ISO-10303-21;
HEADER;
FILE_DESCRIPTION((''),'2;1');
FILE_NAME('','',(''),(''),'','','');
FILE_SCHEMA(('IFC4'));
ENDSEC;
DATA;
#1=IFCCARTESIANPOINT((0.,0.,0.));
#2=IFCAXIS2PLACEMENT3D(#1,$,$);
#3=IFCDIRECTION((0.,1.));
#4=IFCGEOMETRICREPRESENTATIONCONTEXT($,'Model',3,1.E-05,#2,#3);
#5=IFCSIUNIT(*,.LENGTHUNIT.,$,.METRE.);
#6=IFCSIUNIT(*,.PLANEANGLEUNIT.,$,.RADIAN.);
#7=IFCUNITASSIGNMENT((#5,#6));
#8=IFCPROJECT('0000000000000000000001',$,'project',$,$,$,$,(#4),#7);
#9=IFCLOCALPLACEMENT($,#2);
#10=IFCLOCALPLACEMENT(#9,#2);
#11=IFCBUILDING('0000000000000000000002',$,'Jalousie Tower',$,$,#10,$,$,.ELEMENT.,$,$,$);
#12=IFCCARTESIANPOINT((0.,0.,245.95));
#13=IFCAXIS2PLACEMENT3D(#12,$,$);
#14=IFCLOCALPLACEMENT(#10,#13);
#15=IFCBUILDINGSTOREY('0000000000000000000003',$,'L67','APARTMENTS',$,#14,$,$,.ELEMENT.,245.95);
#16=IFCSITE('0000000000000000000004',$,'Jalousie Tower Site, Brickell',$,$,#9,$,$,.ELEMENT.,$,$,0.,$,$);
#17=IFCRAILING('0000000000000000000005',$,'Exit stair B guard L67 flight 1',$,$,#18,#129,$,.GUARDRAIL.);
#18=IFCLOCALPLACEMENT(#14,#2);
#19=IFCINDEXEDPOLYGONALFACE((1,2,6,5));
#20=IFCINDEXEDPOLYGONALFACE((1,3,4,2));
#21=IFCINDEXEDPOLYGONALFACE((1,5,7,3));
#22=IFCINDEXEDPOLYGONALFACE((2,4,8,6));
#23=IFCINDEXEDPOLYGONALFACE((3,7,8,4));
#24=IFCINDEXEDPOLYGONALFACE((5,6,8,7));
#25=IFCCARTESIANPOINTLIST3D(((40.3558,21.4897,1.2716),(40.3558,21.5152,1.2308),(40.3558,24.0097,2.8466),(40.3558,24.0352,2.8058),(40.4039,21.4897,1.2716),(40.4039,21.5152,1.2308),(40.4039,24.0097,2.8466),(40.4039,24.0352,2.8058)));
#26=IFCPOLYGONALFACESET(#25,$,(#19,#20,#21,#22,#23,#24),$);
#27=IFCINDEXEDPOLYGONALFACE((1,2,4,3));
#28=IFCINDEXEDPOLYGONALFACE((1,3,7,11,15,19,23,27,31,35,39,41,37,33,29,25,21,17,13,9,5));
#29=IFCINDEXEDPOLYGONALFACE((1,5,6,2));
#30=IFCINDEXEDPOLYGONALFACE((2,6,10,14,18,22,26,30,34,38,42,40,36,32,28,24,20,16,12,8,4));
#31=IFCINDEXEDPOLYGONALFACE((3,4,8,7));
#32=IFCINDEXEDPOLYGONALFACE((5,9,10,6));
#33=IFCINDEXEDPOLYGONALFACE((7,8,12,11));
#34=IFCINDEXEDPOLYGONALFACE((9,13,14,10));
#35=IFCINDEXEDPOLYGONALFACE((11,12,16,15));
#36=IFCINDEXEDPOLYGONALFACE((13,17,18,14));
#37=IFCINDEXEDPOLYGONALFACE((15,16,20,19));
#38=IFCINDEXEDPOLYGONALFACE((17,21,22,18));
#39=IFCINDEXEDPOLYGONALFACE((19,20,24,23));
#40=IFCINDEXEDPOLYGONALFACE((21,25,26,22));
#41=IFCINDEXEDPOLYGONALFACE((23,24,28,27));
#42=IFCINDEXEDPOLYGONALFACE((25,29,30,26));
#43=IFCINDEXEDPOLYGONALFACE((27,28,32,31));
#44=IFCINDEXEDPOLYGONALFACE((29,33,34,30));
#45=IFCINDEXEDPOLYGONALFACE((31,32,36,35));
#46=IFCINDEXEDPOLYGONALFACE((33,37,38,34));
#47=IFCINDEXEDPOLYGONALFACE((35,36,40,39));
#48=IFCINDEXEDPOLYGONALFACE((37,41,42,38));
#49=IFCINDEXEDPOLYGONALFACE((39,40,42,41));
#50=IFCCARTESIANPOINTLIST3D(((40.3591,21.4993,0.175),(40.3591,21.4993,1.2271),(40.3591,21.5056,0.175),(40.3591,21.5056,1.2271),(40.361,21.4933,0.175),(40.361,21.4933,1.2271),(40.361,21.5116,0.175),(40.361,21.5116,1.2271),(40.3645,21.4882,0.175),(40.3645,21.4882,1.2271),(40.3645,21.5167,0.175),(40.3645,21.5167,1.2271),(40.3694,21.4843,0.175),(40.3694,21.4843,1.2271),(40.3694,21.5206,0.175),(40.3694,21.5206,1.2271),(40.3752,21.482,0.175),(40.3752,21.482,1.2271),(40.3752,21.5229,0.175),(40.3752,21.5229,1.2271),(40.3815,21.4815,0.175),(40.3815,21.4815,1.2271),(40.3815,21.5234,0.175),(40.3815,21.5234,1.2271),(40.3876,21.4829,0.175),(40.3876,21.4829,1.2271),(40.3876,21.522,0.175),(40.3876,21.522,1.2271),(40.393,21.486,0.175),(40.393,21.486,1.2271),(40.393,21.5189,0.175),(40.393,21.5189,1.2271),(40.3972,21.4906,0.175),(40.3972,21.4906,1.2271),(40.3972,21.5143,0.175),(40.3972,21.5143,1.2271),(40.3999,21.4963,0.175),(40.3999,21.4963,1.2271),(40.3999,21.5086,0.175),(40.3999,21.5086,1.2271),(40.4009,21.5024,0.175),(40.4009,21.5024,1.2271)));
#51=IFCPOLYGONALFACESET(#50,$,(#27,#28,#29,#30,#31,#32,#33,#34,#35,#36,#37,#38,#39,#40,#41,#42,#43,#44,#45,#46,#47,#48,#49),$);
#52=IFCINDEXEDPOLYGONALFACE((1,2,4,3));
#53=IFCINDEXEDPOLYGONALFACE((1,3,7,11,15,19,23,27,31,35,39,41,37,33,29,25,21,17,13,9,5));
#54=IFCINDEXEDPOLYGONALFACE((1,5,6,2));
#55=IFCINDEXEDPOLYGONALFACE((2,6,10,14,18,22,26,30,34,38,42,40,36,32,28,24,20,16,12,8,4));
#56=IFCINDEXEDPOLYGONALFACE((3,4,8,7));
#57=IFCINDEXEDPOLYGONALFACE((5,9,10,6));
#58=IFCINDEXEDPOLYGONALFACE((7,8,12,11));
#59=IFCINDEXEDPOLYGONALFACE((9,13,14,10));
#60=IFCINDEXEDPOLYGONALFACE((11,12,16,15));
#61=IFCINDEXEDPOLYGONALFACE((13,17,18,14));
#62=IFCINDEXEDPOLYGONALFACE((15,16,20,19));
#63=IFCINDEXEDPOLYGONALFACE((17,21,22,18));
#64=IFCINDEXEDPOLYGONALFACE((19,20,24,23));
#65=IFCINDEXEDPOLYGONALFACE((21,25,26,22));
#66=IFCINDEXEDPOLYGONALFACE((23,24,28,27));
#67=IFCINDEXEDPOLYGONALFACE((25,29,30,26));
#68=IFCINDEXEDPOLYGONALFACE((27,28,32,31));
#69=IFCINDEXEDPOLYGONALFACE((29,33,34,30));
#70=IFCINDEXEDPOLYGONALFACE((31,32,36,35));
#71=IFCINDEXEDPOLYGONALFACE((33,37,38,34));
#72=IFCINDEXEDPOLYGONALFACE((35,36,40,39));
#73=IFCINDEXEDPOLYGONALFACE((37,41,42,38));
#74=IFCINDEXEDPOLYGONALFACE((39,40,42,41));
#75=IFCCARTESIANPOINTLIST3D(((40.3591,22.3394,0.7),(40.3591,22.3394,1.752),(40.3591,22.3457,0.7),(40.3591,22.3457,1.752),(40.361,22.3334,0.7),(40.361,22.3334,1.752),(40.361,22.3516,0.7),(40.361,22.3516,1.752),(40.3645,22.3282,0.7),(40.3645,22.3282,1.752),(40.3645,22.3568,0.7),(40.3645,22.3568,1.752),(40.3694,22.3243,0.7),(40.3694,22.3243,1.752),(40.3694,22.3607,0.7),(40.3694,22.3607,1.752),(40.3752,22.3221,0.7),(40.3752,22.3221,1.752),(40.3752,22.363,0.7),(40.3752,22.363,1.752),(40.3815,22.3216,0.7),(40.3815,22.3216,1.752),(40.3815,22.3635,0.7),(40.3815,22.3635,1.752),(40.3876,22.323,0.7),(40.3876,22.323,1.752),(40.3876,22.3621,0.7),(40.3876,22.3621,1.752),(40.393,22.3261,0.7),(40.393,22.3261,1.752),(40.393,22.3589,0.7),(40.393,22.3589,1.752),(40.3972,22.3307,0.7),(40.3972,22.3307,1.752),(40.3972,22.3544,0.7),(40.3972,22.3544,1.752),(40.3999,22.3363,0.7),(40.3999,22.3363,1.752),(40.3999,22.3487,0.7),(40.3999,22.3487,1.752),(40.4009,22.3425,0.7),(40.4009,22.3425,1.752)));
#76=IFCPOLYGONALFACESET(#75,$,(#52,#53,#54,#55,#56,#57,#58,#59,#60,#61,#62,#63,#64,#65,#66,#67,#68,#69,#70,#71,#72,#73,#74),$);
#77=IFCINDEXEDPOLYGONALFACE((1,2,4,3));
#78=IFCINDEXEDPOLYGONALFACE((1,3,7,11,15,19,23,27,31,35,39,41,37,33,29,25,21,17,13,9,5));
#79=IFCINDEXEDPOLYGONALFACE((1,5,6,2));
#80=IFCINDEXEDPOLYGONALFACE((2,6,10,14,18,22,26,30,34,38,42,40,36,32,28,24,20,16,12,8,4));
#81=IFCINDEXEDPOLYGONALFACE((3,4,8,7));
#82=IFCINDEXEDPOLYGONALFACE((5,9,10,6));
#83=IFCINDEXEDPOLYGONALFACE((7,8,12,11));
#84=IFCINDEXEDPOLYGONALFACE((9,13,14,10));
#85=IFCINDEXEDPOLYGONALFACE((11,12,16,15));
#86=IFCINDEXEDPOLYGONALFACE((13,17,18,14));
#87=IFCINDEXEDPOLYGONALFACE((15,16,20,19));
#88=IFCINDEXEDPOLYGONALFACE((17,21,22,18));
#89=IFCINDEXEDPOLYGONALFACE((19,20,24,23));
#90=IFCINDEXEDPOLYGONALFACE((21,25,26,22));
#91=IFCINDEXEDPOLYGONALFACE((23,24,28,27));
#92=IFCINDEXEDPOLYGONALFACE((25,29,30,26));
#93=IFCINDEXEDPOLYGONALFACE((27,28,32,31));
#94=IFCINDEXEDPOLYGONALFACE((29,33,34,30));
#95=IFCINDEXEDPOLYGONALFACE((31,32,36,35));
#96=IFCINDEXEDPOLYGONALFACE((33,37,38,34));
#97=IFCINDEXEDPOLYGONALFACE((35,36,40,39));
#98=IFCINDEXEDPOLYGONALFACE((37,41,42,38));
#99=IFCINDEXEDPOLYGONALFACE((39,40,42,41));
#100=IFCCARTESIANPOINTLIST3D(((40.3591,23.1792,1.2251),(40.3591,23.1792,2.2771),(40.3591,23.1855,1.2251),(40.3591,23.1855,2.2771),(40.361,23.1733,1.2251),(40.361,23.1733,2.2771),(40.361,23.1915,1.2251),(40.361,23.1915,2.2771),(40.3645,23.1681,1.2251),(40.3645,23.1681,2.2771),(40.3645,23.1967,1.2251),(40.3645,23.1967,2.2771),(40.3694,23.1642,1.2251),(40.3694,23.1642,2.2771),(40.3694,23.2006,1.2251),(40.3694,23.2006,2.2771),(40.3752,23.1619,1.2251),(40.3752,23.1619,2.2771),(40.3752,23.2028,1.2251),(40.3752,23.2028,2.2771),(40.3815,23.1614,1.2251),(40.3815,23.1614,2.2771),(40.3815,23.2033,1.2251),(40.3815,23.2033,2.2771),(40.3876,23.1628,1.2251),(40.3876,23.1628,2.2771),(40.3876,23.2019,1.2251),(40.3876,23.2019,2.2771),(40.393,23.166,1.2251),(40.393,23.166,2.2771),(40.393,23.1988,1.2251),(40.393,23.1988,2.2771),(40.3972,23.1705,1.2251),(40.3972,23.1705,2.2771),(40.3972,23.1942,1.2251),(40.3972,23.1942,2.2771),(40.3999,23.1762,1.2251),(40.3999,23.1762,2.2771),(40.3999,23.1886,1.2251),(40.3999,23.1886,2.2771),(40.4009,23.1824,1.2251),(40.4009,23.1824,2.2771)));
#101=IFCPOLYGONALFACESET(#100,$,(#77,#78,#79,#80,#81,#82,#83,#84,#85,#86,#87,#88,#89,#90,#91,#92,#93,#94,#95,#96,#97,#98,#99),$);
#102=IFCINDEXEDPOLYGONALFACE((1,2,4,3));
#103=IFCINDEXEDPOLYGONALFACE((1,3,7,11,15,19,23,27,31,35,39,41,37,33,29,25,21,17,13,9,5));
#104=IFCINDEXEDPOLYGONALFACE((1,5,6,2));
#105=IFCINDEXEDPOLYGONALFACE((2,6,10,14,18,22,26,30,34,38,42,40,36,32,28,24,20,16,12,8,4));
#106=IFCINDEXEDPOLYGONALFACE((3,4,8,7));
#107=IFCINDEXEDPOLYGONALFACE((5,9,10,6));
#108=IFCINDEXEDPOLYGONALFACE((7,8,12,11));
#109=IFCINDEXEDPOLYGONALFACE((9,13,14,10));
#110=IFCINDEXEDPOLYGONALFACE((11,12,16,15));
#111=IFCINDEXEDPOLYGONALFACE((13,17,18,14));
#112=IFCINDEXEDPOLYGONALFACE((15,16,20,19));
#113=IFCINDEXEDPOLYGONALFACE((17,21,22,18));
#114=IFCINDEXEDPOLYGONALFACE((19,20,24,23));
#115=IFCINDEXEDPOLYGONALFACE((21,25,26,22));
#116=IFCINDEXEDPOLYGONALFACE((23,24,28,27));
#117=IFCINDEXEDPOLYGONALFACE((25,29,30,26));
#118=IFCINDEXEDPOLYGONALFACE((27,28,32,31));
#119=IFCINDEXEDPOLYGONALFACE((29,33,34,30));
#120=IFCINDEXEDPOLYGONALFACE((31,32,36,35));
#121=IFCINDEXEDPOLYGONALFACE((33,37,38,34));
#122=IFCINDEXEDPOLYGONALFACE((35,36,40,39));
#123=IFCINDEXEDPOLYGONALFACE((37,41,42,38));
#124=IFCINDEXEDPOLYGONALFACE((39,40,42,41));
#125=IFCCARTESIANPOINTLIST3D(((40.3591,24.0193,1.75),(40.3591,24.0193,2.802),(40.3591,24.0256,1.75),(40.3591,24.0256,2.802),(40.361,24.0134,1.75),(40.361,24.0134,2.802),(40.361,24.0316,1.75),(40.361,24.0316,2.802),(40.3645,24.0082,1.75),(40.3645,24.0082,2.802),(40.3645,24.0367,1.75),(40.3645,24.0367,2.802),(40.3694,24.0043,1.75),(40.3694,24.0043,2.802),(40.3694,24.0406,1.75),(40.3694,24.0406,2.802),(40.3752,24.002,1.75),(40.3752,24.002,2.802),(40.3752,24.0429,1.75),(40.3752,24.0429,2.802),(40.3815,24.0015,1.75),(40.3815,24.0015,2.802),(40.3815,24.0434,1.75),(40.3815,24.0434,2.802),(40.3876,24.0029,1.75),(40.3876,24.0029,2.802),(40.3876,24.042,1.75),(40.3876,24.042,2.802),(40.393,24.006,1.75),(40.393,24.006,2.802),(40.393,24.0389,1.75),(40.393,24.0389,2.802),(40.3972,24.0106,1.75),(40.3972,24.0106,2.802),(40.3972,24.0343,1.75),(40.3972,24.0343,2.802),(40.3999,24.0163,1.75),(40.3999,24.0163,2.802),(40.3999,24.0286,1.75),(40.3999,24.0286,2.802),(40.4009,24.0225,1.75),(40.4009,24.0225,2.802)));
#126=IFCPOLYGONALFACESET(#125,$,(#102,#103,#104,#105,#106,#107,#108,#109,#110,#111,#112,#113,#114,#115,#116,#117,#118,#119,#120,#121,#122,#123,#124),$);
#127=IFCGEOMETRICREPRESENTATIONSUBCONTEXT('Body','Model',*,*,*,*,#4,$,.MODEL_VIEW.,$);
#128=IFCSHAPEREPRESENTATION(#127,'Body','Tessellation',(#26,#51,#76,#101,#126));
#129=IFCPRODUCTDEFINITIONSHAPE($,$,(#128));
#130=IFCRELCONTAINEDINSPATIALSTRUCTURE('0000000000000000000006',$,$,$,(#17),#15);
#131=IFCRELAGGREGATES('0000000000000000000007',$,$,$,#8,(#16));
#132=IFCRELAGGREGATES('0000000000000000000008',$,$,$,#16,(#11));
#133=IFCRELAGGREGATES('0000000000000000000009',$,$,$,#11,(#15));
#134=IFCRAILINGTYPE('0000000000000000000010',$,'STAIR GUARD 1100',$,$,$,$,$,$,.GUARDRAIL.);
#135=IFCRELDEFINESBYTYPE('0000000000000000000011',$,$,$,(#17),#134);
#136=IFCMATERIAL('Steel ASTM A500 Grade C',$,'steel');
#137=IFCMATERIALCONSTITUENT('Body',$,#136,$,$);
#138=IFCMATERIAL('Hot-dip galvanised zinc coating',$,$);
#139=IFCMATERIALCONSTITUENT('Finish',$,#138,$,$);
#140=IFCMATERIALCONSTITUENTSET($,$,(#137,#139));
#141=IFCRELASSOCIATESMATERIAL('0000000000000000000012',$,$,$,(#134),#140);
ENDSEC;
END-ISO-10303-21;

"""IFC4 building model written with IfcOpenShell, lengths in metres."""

from ifc_helpers import new_model, si_unit, direction, frame, origin, origin_2d, place, context, subcontext, project, spatial, rectangle, circle, extrude, material, constituent, constituent_set, type_object, element, save


model = new_model("IFC4")

# Units and contexts
model_context = context("Model", 3, precision=1e-05, world=origin(), true_north=direction((0.0, 1.0)))
body_context = subcontext(model_context, "Body", "Model", "MODEL_VIEW")
ifc_project = project(units=[si_unit("LENGTHUNIT", "METRE"), si_unit("PLANEANGLEUNIT", "RADIAN")], contexts=[model_context])

# Site, building, storey
site_placement = place(None, origin())
site = spatial("IfcSite", under=ifc_project, at=site_placement, Name="Jalousie Tower Site, Brickell", CompositionType="ELEMENT", RefElevation=0.0)
building_placement = place(site_placement, origin())
building = spatial("IfcBuilding", under=site, at=building_placement, Name="Jalousie Tower", CompositionType="ELEMENT")
storey_placement = place(building_placement, frame((0.0, 0.0, 245.95)))
storey = spatial("IfcBuildingStorey", under=building, at=storey_placement, Name="L67", Description="APARTMENTS", CompositionType="ELEMENT", Elevation=245.95)

# Railing
ifc_material_1 = material(Name="Steel ASTM A500 Grade C", Category="steel")
ifc_constituent_1 = constituent(ifc_material_1, Name="Body")
ifc_material_2 = material(Name="Hot-dip galvanised zinc coating")
ifc_constituent_2 = constituent(ifc_material_2, Name="Finish")
ifc_constituent_set_1 = constituent_set(constituents=[ifc_constituent_1, ifc_constituent_2])
railing_type_1 = type_object("IfcRailingType", Name="STAIR GUARD 1100", PredefinedType="GUARDRAIL", material=ifc_constituent_set_1)
railing_1_placement = place(storey_placement, frame((40.3799, 21.5024, 0.175)))
element("IfcRailing", 1, at=railing_1_placement, inside=storey, type_object=railing_type_1, Name="Exit stair B guard L67 flight 1", PredefinedType="GUARDRAIL", context=body_context, shape_type="SweptSolid", body=[
    extrude(rectangle(XDim=0.0481, YDim=0.0481, at=origin_2d()), frame((0.0, 0.0, 1.0762), z_axis=(0.0, 0.848008, 0.529984), x_axis=(-1.0, 0.0, 0.0)), (0.0, 0.0, 1.0), 2.9717),
    extrude(circle(Radius=0.021, at=origin_2d()), origin(), (0.0, 0.0, 1.0), 1.052),
    extrude(circle(Radius=0.021, at=origin_2d()), frame((0.0, 0.8401, 0.5249)), (0.0, 0.0, 1.0), 1.052),
    extrude(circle(Radius=0.021, at=origin_2d()), frame((0.0, 1.6799, 1.05)), (0.0, 0.0, 1.0), 1.052),
    extrude(circle(Radius=0.021, at=origin_2d()), frame((0.0, 2.52, 1.575)), (0.0, 0.0, 1.0), 1.052),
])

save(model, "model.ifc")
